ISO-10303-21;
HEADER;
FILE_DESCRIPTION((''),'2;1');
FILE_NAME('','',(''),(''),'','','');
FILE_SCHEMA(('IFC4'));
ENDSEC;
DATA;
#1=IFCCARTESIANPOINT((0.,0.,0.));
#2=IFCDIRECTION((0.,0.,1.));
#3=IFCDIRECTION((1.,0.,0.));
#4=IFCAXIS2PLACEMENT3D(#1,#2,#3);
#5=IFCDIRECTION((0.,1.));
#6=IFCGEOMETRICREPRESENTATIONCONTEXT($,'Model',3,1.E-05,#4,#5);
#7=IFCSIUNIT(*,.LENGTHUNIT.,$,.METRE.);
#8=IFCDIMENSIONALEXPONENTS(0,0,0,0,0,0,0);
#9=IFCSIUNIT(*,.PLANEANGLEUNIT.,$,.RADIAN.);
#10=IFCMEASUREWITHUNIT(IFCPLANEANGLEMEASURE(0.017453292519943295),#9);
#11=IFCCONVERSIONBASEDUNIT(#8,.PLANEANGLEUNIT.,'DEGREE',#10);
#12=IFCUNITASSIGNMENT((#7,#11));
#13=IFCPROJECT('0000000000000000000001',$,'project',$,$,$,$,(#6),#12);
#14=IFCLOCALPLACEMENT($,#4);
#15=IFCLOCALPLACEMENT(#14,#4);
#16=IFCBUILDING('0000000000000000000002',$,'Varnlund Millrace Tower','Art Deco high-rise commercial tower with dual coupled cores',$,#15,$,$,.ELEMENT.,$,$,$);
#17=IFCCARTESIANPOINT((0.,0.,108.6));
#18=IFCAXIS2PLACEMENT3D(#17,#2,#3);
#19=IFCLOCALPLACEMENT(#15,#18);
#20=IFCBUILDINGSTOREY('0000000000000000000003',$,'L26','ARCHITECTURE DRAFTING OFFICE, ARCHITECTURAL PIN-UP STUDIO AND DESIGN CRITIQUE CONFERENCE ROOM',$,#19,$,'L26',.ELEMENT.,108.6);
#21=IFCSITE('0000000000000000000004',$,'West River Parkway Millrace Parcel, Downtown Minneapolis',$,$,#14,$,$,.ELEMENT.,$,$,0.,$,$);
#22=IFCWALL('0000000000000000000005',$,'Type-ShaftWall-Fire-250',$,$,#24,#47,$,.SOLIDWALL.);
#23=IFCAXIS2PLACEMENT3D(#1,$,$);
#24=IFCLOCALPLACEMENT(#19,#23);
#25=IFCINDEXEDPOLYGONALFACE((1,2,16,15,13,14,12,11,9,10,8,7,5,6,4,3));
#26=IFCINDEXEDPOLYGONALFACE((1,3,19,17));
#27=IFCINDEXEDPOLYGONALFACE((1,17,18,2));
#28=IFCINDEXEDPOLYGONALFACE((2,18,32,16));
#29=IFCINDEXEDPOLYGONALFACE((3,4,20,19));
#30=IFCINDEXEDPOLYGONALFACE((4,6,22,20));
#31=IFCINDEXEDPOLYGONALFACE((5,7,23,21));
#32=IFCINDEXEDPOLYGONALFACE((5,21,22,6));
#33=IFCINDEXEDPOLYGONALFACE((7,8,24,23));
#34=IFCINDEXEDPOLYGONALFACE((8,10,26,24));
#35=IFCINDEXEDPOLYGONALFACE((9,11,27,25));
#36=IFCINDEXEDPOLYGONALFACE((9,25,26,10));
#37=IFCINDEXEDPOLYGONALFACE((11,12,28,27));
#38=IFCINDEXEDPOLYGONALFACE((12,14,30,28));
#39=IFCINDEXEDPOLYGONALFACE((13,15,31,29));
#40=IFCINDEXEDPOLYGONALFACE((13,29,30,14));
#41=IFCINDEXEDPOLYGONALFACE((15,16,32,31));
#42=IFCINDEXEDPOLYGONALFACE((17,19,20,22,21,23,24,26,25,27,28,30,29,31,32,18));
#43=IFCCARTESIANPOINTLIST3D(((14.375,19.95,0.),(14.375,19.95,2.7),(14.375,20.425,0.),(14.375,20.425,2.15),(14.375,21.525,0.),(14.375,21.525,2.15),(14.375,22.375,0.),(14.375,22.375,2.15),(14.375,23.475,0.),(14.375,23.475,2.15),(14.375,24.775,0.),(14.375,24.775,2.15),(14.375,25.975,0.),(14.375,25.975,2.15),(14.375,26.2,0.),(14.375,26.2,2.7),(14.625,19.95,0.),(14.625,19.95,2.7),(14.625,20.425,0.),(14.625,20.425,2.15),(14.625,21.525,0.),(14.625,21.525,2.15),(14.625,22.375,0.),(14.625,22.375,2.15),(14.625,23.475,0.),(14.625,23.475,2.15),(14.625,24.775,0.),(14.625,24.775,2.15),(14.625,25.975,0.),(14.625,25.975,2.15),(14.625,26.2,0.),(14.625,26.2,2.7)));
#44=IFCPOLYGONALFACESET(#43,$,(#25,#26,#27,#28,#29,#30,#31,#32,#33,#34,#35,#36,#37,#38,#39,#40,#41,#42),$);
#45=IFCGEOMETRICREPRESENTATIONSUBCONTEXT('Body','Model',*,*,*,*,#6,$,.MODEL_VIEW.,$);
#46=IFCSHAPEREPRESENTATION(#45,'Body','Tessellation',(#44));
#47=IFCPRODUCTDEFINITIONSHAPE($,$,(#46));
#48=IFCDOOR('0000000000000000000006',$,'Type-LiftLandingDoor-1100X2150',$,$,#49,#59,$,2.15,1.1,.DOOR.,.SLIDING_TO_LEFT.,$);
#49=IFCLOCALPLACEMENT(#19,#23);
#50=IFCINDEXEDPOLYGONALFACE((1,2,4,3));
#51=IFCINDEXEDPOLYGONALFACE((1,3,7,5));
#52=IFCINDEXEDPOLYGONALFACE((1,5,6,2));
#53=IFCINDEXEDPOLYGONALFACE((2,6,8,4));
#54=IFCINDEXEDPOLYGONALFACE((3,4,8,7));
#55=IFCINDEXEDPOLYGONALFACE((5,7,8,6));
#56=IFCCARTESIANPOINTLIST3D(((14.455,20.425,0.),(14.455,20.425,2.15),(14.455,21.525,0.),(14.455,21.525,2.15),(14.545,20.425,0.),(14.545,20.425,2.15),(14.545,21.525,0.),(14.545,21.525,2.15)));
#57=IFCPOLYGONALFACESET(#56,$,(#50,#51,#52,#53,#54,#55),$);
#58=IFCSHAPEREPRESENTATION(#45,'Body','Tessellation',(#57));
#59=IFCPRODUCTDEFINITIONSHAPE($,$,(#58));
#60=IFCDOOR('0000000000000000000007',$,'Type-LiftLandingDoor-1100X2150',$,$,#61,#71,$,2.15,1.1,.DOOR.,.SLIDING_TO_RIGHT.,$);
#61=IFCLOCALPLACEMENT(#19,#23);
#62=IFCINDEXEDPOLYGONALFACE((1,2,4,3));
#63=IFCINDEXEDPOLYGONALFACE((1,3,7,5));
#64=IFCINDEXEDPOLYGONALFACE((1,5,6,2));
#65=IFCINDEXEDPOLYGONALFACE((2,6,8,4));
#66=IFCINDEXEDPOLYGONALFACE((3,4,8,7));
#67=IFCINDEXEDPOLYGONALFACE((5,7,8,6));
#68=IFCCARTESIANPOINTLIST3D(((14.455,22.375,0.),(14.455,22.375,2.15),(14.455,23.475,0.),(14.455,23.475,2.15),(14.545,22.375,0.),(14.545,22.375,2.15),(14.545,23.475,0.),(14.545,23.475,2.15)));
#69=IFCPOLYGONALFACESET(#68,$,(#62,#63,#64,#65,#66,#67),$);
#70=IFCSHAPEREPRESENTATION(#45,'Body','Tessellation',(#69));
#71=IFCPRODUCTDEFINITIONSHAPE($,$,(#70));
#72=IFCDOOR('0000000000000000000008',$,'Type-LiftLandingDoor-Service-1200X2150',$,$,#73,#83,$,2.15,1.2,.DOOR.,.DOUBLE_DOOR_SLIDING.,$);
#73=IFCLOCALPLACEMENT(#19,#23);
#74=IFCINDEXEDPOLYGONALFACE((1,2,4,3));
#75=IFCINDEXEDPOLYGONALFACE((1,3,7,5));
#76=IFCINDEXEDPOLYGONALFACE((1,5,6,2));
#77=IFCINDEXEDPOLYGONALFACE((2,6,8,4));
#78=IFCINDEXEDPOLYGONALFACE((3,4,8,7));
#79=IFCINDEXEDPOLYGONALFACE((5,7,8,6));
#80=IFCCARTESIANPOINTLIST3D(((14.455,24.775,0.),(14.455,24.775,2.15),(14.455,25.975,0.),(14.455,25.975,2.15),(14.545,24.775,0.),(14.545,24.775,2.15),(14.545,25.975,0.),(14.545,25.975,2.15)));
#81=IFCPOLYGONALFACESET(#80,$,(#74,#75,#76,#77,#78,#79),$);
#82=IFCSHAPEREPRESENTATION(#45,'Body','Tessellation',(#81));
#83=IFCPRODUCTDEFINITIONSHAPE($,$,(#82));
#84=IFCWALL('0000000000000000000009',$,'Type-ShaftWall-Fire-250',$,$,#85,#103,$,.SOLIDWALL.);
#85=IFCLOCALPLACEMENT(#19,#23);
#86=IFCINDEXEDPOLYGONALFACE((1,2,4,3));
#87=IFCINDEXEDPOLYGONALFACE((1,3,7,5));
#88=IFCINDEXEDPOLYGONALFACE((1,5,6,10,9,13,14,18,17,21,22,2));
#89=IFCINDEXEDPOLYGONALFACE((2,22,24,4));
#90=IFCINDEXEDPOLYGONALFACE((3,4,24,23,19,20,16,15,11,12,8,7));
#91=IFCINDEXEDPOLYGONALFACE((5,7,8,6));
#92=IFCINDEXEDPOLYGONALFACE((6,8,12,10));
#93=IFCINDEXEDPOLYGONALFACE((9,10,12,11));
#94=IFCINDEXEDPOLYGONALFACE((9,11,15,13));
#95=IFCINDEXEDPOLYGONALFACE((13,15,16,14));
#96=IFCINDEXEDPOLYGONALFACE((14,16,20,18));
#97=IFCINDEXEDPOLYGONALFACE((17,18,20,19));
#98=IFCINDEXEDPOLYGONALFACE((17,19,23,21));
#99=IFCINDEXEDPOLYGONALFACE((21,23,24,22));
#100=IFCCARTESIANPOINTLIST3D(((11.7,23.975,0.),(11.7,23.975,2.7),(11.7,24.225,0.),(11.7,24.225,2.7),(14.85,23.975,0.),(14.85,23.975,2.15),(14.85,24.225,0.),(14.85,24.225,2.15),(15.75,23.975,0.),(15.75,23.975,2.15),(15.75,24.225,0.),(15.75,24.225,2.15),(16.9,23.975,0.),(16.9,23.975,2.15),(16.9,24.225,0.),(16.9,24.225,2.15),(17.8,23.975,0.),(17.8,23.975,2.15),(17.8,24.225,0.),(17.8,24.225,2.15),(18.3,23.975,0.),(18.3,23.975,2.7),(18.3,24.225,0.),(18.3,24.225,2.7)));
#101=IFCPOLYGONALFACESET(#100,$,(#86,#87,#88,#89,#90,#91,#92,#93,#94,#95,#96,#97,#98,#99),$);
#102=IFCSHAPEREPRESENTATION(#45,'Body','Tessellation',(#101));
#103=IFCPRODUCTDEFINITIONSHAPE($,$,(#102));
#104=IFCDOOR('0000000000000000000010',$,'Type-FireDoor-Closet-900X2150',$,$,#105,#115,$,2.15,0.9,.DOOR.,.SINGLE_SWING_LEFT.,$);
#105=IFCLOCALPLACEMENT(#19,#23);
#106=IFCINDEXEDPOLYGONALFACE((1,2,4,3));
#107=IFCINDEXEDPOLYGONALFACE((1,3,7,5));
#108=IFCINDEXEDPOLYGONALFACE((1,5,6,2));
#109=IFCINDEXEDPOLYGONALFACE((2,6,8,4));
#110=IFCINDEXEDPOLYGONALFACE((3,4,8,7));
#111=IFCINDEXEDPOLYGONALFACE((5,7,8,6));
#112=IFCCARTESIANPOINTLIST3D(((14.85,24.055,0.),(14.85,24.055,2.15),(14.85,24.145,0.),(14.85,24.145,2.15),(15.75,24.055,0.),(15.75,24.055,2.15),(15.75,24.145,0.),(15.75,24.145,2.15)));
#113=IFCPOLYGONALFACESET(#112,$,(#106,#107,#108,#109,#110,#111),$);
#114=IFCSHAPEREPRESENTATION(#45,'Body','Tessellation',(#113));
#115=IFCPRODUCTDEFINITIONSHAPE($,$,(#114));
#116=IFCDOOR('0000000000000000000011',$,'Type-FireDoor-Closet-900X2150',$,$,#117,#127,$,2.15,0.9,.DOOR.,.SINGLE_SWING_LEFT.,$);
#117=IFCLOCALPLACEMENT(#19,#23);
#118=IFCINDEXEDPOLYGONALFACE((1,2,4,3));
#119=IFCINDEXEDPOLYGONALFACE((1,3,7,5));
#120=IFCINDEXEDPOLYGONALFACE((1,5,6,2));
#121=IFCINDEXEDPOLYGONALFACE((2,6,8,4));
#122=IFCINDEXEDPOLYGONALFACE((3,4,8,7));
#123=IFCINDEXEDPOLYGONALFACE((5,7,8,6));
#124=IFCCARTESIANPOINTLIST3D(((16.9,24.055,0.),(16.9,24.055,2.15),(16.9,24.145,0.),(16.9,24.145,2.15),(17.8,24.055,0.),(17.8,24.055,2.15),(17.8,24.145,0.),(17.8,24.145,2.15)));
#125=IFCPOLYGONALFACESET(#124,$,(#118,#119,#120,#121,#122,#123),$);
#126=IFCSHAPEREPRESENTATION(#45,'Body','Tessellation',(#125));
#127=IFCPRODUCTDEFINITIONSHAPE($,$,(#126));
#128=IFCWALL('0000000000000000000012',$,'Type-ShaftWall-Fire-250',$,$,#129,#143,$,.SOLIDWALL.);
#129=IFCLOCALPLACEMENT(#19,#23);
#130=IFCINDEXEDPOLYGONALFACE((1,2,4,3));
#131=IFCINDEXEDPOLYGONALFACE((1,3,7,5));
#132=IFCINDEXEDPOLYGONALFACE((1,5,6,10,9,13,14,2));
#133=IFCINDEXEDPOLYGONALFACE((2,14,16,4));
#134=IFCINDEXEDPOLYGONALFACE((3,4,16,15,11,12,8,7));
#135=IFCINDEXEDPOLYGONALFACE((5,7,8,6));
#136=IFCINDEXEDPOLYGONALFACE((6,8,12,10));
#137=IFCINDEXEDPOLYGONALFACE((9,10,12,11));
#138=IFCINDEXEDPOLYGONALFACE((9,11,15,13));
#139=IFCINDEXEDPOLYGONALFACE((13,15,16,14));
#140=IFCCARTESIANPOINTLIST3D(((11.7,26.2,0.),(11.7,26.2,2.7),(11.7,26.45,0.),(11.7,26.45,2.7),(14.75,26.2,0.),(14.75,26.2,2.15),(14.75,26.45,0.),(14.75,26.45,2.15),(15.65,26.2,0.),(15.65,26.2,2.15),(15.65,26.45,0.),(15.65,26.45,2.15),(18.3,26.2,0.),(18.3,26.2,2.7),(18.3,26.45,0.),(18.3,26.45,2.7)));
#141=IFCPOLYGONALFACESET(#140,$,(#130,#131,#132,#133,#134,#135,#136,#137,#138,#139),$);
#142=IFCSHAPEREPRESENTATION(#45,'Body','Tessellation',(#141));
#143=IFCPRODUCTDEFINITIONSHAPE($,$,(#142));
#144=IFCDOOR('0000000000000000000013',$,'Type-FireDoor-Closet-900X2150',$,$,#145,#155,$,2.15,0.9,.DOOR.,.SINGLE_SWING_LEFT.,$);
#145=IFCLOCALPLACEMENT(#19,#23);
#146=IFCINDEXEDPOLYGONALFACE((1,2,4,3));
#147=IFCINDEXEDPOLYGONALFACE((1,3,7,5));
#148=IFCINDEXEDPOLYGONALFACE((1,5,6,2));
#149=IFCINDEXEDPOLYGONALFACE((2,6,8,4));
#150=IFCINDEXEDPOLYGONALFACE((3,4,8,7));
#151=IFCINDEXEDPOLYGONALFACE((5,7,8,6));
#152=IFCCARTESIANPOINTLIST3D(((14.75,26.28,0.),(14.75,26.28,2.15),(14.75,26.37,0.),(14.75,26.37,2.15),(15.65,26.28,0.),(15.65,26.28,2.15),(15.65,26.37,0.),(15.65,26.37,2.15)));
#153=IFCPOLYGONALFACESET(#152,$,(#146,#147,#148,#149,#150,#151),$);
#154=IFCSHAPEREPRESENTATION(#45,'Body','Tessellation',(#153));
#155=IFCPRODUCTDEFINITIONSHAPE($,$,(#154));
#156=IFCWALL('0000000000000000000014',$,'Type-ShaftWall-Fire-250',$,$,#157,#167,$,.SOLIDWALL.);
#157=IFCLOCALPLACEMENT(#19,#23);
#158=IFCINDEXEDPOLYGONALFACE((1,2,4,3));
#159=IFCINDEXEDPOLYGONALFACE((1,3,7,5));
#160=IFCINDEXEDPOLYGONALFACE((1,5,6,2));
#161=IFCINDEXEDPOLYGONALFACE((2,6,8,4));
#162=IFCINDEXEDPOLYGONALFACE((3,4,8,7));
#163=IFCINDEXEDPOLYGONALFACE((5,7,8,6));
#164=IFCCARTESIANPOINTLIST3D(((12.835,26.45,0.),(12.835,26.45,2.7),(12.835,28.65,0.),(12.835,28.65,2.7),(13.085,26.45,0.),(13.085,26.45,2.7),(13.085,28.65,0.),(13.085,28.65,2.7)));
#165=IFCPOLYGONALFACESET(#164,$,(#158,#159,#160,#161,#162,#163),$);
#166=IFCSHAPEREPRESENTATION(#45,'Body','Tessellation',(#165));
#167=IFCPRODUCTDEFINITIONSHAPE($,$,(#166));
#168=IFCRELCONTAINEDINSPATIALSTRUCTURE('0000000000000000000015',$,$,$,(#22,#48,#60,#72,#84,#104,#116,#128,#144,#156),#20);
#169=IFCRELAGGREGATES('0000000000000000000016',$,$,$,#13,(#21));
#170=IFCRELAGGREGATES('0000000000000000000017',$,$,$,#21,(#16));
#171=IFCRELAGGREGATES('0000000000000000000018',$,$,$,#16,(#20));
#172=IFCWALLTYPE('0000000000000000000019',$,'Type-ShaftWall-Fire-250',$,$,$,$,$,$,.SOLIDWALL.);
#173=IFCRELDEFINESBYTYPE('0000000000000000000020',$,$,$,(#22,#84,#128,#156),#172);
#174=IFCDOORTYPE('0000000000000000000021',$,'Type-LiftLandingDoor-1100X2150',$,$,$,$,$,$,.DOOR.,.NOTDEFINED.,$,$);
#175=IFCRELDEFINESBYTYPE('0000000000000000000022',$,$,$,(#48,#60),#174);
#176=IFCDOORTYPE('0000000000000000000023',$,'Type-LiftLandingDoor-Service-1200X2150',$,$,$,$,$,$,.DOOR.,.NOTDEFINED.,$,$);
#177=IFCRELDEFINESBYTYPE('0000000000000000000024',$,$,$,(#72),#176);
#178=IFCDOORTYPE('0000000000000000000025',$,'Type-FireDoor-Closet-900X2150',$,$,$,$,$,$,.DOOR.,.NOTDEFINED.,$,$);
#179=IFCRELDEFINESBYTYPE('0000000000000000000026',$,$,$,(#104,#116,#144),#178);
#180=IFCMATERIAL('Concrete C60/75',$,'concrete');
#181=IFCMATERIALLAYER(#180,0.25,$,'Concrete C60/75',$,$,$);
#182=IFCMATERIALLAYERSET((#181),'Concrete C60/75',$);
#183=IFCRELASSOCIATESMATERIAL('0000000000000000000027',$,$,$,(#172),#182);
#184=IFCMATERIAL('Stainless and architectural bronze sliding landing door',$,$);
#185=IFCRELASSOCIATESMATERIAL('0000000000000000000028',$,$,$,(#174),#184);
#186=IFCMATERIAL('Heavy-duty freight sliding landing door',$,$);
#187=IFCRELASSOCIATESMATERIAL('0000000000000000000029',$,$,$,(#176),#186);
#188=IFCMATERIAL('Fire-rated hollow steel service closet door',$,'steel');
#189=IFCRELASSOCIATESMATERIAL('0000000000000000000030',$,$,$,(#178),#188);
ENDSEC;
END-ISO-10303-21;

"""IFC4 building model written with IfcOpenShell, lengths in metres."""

from ifc_helpers import new_model, entity, si_unit, converted_unit, direction, frame, origin_with_axes, origin_2d_with_axis, place, context, subcontext, project, spatial, polyline, rectangle, outline, extrude, material, layer, layer_set, type_object, element, fill, save


model = new_model("IFC4")

# Units and contexts
model_context = context("Model", 3, precision=1e-05, world=origin_with_axes(), true_north=direction((0.0, 1.0)))
body_context = subcontext(model_context, "Body", "Model", "MODEL_VIEW")
ifc_project = project(units=[si_unit("LENGTHUNIT", "METRE"), converted_unit("PLANEANGLEUNIT", "DEGREE", entity("IfcPlaneAngleMeasure", 0.017453292519943295), si_unit("PLANEANGLEUNIT", "RADIAN"), dimensions=[0, 0, 0, 0, 0, 0, 0])], contexts=[model_context])

# Site, building, storey
site_placement = place(None, origin_with_axes())
site = spatial("IfcSite", under=ifc_project, at=site_placement, Name="West River Parkway Millrace Parcel, Downtown Minneapolis", CompositionType="ELEMENT", RefElevation=0.0)
building_placement = place(site_placement, origin_with_axes())
building = spatial("IfcBuilding", under=site, at=building_placement, Name="Varnlund Millrace Tower", Description="Art Deco high-rise commercial tower with dual coupled cores", CompositionType="ELEMENT")
storey_placement = place(building_placement, frame((0.0, 0.0, 108.6), z_axis=(0.0, 0.0, 1.0), x_axis=(1.0, 0.0, 0.0)))
storey = spatial("IfcBuildingStorey", under=building, at=storey_placement, Name="L26", Description="ARCHITECTURE DRAFTING OFFICE, ARCHITECTURAL PIN-UP STUDIO AND DESIGN CRITIQUE CONFERENCE ROOM", LongName="L26", CompositionType="ELEMENT", Elevation=108.6)

# Walls, openings, doors
ifc_material_1 = material(Name="Concrete C60/75", Category="concrete")
ifc_layer_1 = layer(ifc_material_1, 0.25, Name="Concrete C60/75")
ifc_layer_set_1 = layer_set([ifc_layer_1], Name="Concrete C60/75")
wall_type_1 = type_object("IfcWallType", Name="Type-ShaftWall-Fire-250", PredefinedType="SOLIDWALL", material=ifc_layer_set_1)
wall_1_placement = place(storey_placement, frame((14.5, 19.95, 0.0), z_axis=(0.0, 0.0, 1.0), x_axis=(0.0, 1.0, 0.0)))
wall_1 = element("IfcWall", 1, at=wall_1_placement, inside=storey, type_object=wall_type_1, Name="Type-ShaftWall-Fire-250", PredefinedType="SOLIDWALL", context=body_context, shape_type="SweptSolid", body=[
    extrude(outline(polyline([(0.0, -0.125), (6.25, -0.125), (6.25, 0.125), (0.0, 0.125), (0.0, -0.125)])), origin_with_axes(), (0.0, 0.0, 1.0), 2.7),
])
opening_1_placement = place(wall_1_placement, frame((1.025, 0.0, 0.0), z_axis=(0.0, 0.0, 1.0), x_axis=(1.0, 0.0, 0.0)))
opening_1 = element("IfcOpeningElement", 2, at=opening_1_placement, cuts=wall_1, PredefinedType="OPENING", context=body_context, shape_type="SweptSolid", body=[
    extrude(rectangle(XDim=1.1, YDim=0.27, at=origin_2d_with_axis()), origin_with_axes(), (0.0, 0.0, 1.0), 2.15),
])
opening_2_placement = place(wall_1_placement, frame((2.975, 0.0, 0.0), z_axis=(0.0, 0.0, 1.0), x_axis=(1.0, 0.0, 0.0)))
opening_2 = element("IfcOpeningElement", 3, at=opening_2_placement, cuts=wall_1, PredefinedType="OPENING", context=body_context, shape_type="SweptSolid", body=[
    extrude(rectangle(XDim=1.1, YDim=0.27, at=origin_2d_with_axis()), origin_with_axes(), (0.0, 0.0, 1.0), 2.15),
])
opening_3_placement = place(wall_1_placement, frame((5.425, 0.0, 0.0), z_axis=(0.0, 0.0, 1.0), x_axis=(1.0, 0.0, 0.0)))
opening_3 = element("IfcOpeningElement", 4, at=opening_3_placement, cuts=wall_1, PredefinedType="OPENING", context=body_context, shape_type="SweptSolid", body=[
    extrude(rectangle(XDim=1.2, YDim=0.27, at=origin_2d_with_axis()), origin_with_axes(), (0.0, 0.0, 1.0), 2.15),
])
ifc_material_2 = material(Name="Stainless and architectural bronze sliding landing door")
door_type_1 = type_object("IfcDoorType", Name="Type-LiftLandingDoor-1100X2150", OperationType="NOTDEFINED", PredefinedType="DOOR", material=ifc_material_2)
door_1_placement = place(wall_1_placement, frame((1.025, 0.0, 0.0), z_axis=(0.0, 0.0, 1.0), x_axis=(1.0, 0.0, 0.0)))
door_1 = element("IfcDoor", 5, at=door_1_placement, inside=storey, type_object=door_type_1, Name="Type-LiftLandingDoor-1100X2150", OperationType="SLIDING_TO_LEFT", OverallHeight=2.15, OverallWidth=1.1, PredefinedType="DOOR", context=body_context, shape_type="SweptSolid", body=[
    extrude(rectangle(XDim=1.1, YDim=0.09, at=origin_2d_with_axis()), origin_with_axes(), (0.0, 0.0, 1.0), 2.15),
])
fill(opening_1, door_1)
door_2_placement = place(wall_1_placement, frame((2.975, 0.0, 0.0), z_axis=(0.0, 0.0, 1.0), x_axis=(1.0, 0.0, 0.0)))
door_2 = element("IfcDoor", 6, at=door_2_placement, inside=storey, type_object=door_type_1, Name="Type-LiftLandingDoor-1100X2150", OperationType="SLIDING_TO_RIGHT", OverallHeight=2.15, OverallWidth=1.1, PredefinedType="DOOR", context=body_context, shape_type="SweptSolid", body=[
    extrude(rectangle(XDim=1.1, YDim=0.09, at=origin_2d_with_axis()), origin_with_axes(), (0.0, 0.0, 1.0), 2.15),
])
fill(opening_2, door_2)
ifc_material_3 = material(Name="Heavy-duty freight sliding landing door")
door_type_2 = type_object("IfcDoorType", Name="Type-LiftLandingDoor-Service-1200X2150", OperationType="NOTDEFINED", PredefinedType="DOOR", material=ifc_material_3)
door_3_placement = place(wall_1_placement, frame((5.425, 0.0, 0.0), z_axis=(0.0, 0.0, 1.0), x_axis=(1.0, 0.0, 0.0)))
door_3 = element("IfcDoor", 7, at=door_3_placement, inside=storey, type_object=door_type_2, Name="Type-LiftLandingDoor-Service-1200X2150", OperationType="DOUBLE_DOOR_SLIDING", OverallHeight=2.15, OverallWidth=1.2, PredefinedType="DOOR", context=body_context, shape_type="SweptSolid", body=[
    extrude(rectangle(XDim=1.2, YDim=0.09, at=origin_2d_with_axis()), origin_with_axes(), (0.0, 0.0, 1.0), 2.15),
])
fill(opening_3, door_3)
wall_2_placement = place(storey_placement, frame((11.7, 24.1, 0.0), z_axis=(0.0, 0.0, 1.0), x_axis=(1.0, 0.0, 0.0)))
wall_2 = element("IfcWall", 8, at=wall_2_placement, inside=storey, type_object=wall_type_1, Name="Type-ShaftWall-Fire-250", PredefinedType="SOLIDWALL", context=body_context, shape_type="SweptSolid", body=[
    extrude(outline(polyline([(0.0, -0.125), (6.6, -0.125), (6.6, 0.125), (0.0, 0.125), (0.0, -0.125)])), origin_with_axes(), (0.0, 0.0, 1.0), 2.7),
])
opening_4_placement = place(wall_2_placement, frame((3.6, 0.0, 0.0), z_axis=(0.0, 0.0, 1.0), x_axis=(1.0, 0.0, 0.0)))
opening_4 = element("IfcOpeningElement", 9, at=opening_4_placement, cuts=wall_2, PredefinedType="OPENING", context=body_context, shape_type="SweptSolid", body=[
    extrude(rectangle(XDim=0.9, YDim=0.27, at=origin_2d_with_axis()), origin_with_axes(), (0.0, 0.0, 1.0), 2.15),
])
opening_5_placement = place(wall_2_placement, frame((5.65, 0.0, 0.0), z_axis=(0.0, 0.0, 1.0), x_axis=(1.0, 0.0, 0.0)))
opening_5 = element("IfcOpeningElement", 10, at=opening_5_placement, cuts=wall_2, PredefinedType="OPENING", context=body_context, shape_type="SweptSolid", body=[
    extrude(rectangle(XDim=0.9, YDim=0.27, at=origin_2d_with_axis()), origin_with_axes(), (0.0, 0.0, 1.0), 2.15),
])
ifc_material_4 = material(Name="Fire-rated hollow steel service closet door", Category="steel")
door_type_3 = type_object("IfcDoorType", Name="Type-FireDoor-Closet-900X2150", OperationType="NOTDEFINED", PredefinedType="DOOR", material=ifc_material_4)
door_4_placement = place(wall_2_placement, frame((3.6, 0.0, 0.0), z_axis=(0.0, 0.0, 1.0), x_axis=(1.0, 0.0, 0.0)))
door_4 = element("IfcDoor", 11, at=door_4_placement, inside=storey, type_object=door_type_3, Name="Type-FireDoor-Closet-900X2150", OperationType="SINGLE_SWING_LEFT", OverallHeight=2.15, OverallWidth=0.9, PredefinedType="DOOR", context=body_context, shape_type="SweptSolid", body=[
    extrude(rectangle(XDim=0.9, YDim=0.09, at=origin_2d_with_axis()), origin_with_axes(), (0.0, 0.0, 1.0), 2.15),
])
fill(opening_4, door_4)
door_5_placement = place(wall_2_placement, frame((5.65, 0.0, 0.0), z_axis=(0.0, 0.0, 1.0), x_axis=(1.0, 0.0, 0.0)))
door_5 = element("IfcDoor", 12, at=door_5_placement, inside=storey, type_object=door_type_3, Name="Type-FireDoor-Closet-900X2150", OperationType="SINGLE_SWING_LEFT", OverallHeight=2.15, OverallWidth=0.9, PredefinedType="DOOR", context=body_context, shape_type="SweptSolid", body=[
    extrude(rectangle(XDim=0.9, YDim=0.09, at=origin_2d_with_axis()), origin_with_axes(), (0.0, 0.0, 1.0), 2.15),
])
fill(opening_5, door_5)

# Wall, opening, door
wall_3_placement = place(storey_placement, frame((11.7, 26.325, 0.0), z_axis=(0.0, 0.0, 1.0), x_axis=(1.0, 0.0, 0.0)))
wall_3 = element("IfcWall", 13, at=wall_3_placement, inside=storey, type_object=wall_type_1, Name="Type-ShaftWall-Fire-250", PredefinedType="SOLIDWALL", context=body_context, shape_type="SweptSolid", body=[
    extrude(outline(polyline([(0.0, -0.125), (6.6, -0.125), (6.6, 0.125), (0.0, 0.125), (0.0, -0.125)])), origin_with_axes(), (0.0, 0.0, 1.0), 2.7),
])
opening_6_placement = place(wall_3_placement, frame((3.5, 0.0, 0.0), z_axis=(0.0, 0.0, 1.0), x_axis=(1.0, 0.0, 0.0)))
opening_6 = element("IfcOpeningElement", 14, at=opening_6_placement, cuts=wall_3, PredefinedType="OPENING", context=body_context, shape_type="SweptSolid", body=[
    extrude(rectangle(XDim=0.9, YDim=0.27, at=origin_2d_with_axis()), origin_with_axes(), (0.0, 0.0, 1.0), 2.15),
])
door_6_placement = place(wall_3_placement, frame((3.5, 0.0, 0.0), z_axis=(0.0, 0.0, 1.0), x_axis=(1.0, 0.0, 0.0)))
door_6 = element("IfcDoor", 15, at=door_6_placement, inside=storey, type_object=door_type_3, Name="Type-FireDoor-Closet-900X2150", OperationType="SINGLE_SWING_LEFT", OverallHeight=2.15, OverallWidth=0.9, PredefinedType="DOOR", context=body_context, shape_type="SweptSolid", body=[
    extrude(rectangle(XDim=0.9, YDim=0.09, at=origin_2d_with_axis()), origin_with_axes(), (0.0, 0.0, 1.0), 2.15),
])
fill(opening_6, door_6)

# Wall
for number, where, z_axis, x_axis, name in (
    (16, (12.96, 26.45, 0.0), (0.0, 0.0, 1.0), (0.0, 1.0, 0.0), "Type-ShaftWall-Fire-250"),
):
    element("IfcWall", number, at=place(storey_placement, frame(where, z_axis=z_axis, x_axis=x_axis)), inside=storey, type_object=wall_type_1, Name=name, PredefinedType="SOLIDWALL", context=body_context, shape_type="SweptSolid", body=[
        extrude(outline(polyline([(0.0, -0.125), (2.2, -0.125), (2.2, 0.125), (0.0, 0.125), (0.0, -0.125)])), origin_with_axes(), (0.0, 0.0, 1.0), 2.7),
    ])

save(model, "model.ifc")
